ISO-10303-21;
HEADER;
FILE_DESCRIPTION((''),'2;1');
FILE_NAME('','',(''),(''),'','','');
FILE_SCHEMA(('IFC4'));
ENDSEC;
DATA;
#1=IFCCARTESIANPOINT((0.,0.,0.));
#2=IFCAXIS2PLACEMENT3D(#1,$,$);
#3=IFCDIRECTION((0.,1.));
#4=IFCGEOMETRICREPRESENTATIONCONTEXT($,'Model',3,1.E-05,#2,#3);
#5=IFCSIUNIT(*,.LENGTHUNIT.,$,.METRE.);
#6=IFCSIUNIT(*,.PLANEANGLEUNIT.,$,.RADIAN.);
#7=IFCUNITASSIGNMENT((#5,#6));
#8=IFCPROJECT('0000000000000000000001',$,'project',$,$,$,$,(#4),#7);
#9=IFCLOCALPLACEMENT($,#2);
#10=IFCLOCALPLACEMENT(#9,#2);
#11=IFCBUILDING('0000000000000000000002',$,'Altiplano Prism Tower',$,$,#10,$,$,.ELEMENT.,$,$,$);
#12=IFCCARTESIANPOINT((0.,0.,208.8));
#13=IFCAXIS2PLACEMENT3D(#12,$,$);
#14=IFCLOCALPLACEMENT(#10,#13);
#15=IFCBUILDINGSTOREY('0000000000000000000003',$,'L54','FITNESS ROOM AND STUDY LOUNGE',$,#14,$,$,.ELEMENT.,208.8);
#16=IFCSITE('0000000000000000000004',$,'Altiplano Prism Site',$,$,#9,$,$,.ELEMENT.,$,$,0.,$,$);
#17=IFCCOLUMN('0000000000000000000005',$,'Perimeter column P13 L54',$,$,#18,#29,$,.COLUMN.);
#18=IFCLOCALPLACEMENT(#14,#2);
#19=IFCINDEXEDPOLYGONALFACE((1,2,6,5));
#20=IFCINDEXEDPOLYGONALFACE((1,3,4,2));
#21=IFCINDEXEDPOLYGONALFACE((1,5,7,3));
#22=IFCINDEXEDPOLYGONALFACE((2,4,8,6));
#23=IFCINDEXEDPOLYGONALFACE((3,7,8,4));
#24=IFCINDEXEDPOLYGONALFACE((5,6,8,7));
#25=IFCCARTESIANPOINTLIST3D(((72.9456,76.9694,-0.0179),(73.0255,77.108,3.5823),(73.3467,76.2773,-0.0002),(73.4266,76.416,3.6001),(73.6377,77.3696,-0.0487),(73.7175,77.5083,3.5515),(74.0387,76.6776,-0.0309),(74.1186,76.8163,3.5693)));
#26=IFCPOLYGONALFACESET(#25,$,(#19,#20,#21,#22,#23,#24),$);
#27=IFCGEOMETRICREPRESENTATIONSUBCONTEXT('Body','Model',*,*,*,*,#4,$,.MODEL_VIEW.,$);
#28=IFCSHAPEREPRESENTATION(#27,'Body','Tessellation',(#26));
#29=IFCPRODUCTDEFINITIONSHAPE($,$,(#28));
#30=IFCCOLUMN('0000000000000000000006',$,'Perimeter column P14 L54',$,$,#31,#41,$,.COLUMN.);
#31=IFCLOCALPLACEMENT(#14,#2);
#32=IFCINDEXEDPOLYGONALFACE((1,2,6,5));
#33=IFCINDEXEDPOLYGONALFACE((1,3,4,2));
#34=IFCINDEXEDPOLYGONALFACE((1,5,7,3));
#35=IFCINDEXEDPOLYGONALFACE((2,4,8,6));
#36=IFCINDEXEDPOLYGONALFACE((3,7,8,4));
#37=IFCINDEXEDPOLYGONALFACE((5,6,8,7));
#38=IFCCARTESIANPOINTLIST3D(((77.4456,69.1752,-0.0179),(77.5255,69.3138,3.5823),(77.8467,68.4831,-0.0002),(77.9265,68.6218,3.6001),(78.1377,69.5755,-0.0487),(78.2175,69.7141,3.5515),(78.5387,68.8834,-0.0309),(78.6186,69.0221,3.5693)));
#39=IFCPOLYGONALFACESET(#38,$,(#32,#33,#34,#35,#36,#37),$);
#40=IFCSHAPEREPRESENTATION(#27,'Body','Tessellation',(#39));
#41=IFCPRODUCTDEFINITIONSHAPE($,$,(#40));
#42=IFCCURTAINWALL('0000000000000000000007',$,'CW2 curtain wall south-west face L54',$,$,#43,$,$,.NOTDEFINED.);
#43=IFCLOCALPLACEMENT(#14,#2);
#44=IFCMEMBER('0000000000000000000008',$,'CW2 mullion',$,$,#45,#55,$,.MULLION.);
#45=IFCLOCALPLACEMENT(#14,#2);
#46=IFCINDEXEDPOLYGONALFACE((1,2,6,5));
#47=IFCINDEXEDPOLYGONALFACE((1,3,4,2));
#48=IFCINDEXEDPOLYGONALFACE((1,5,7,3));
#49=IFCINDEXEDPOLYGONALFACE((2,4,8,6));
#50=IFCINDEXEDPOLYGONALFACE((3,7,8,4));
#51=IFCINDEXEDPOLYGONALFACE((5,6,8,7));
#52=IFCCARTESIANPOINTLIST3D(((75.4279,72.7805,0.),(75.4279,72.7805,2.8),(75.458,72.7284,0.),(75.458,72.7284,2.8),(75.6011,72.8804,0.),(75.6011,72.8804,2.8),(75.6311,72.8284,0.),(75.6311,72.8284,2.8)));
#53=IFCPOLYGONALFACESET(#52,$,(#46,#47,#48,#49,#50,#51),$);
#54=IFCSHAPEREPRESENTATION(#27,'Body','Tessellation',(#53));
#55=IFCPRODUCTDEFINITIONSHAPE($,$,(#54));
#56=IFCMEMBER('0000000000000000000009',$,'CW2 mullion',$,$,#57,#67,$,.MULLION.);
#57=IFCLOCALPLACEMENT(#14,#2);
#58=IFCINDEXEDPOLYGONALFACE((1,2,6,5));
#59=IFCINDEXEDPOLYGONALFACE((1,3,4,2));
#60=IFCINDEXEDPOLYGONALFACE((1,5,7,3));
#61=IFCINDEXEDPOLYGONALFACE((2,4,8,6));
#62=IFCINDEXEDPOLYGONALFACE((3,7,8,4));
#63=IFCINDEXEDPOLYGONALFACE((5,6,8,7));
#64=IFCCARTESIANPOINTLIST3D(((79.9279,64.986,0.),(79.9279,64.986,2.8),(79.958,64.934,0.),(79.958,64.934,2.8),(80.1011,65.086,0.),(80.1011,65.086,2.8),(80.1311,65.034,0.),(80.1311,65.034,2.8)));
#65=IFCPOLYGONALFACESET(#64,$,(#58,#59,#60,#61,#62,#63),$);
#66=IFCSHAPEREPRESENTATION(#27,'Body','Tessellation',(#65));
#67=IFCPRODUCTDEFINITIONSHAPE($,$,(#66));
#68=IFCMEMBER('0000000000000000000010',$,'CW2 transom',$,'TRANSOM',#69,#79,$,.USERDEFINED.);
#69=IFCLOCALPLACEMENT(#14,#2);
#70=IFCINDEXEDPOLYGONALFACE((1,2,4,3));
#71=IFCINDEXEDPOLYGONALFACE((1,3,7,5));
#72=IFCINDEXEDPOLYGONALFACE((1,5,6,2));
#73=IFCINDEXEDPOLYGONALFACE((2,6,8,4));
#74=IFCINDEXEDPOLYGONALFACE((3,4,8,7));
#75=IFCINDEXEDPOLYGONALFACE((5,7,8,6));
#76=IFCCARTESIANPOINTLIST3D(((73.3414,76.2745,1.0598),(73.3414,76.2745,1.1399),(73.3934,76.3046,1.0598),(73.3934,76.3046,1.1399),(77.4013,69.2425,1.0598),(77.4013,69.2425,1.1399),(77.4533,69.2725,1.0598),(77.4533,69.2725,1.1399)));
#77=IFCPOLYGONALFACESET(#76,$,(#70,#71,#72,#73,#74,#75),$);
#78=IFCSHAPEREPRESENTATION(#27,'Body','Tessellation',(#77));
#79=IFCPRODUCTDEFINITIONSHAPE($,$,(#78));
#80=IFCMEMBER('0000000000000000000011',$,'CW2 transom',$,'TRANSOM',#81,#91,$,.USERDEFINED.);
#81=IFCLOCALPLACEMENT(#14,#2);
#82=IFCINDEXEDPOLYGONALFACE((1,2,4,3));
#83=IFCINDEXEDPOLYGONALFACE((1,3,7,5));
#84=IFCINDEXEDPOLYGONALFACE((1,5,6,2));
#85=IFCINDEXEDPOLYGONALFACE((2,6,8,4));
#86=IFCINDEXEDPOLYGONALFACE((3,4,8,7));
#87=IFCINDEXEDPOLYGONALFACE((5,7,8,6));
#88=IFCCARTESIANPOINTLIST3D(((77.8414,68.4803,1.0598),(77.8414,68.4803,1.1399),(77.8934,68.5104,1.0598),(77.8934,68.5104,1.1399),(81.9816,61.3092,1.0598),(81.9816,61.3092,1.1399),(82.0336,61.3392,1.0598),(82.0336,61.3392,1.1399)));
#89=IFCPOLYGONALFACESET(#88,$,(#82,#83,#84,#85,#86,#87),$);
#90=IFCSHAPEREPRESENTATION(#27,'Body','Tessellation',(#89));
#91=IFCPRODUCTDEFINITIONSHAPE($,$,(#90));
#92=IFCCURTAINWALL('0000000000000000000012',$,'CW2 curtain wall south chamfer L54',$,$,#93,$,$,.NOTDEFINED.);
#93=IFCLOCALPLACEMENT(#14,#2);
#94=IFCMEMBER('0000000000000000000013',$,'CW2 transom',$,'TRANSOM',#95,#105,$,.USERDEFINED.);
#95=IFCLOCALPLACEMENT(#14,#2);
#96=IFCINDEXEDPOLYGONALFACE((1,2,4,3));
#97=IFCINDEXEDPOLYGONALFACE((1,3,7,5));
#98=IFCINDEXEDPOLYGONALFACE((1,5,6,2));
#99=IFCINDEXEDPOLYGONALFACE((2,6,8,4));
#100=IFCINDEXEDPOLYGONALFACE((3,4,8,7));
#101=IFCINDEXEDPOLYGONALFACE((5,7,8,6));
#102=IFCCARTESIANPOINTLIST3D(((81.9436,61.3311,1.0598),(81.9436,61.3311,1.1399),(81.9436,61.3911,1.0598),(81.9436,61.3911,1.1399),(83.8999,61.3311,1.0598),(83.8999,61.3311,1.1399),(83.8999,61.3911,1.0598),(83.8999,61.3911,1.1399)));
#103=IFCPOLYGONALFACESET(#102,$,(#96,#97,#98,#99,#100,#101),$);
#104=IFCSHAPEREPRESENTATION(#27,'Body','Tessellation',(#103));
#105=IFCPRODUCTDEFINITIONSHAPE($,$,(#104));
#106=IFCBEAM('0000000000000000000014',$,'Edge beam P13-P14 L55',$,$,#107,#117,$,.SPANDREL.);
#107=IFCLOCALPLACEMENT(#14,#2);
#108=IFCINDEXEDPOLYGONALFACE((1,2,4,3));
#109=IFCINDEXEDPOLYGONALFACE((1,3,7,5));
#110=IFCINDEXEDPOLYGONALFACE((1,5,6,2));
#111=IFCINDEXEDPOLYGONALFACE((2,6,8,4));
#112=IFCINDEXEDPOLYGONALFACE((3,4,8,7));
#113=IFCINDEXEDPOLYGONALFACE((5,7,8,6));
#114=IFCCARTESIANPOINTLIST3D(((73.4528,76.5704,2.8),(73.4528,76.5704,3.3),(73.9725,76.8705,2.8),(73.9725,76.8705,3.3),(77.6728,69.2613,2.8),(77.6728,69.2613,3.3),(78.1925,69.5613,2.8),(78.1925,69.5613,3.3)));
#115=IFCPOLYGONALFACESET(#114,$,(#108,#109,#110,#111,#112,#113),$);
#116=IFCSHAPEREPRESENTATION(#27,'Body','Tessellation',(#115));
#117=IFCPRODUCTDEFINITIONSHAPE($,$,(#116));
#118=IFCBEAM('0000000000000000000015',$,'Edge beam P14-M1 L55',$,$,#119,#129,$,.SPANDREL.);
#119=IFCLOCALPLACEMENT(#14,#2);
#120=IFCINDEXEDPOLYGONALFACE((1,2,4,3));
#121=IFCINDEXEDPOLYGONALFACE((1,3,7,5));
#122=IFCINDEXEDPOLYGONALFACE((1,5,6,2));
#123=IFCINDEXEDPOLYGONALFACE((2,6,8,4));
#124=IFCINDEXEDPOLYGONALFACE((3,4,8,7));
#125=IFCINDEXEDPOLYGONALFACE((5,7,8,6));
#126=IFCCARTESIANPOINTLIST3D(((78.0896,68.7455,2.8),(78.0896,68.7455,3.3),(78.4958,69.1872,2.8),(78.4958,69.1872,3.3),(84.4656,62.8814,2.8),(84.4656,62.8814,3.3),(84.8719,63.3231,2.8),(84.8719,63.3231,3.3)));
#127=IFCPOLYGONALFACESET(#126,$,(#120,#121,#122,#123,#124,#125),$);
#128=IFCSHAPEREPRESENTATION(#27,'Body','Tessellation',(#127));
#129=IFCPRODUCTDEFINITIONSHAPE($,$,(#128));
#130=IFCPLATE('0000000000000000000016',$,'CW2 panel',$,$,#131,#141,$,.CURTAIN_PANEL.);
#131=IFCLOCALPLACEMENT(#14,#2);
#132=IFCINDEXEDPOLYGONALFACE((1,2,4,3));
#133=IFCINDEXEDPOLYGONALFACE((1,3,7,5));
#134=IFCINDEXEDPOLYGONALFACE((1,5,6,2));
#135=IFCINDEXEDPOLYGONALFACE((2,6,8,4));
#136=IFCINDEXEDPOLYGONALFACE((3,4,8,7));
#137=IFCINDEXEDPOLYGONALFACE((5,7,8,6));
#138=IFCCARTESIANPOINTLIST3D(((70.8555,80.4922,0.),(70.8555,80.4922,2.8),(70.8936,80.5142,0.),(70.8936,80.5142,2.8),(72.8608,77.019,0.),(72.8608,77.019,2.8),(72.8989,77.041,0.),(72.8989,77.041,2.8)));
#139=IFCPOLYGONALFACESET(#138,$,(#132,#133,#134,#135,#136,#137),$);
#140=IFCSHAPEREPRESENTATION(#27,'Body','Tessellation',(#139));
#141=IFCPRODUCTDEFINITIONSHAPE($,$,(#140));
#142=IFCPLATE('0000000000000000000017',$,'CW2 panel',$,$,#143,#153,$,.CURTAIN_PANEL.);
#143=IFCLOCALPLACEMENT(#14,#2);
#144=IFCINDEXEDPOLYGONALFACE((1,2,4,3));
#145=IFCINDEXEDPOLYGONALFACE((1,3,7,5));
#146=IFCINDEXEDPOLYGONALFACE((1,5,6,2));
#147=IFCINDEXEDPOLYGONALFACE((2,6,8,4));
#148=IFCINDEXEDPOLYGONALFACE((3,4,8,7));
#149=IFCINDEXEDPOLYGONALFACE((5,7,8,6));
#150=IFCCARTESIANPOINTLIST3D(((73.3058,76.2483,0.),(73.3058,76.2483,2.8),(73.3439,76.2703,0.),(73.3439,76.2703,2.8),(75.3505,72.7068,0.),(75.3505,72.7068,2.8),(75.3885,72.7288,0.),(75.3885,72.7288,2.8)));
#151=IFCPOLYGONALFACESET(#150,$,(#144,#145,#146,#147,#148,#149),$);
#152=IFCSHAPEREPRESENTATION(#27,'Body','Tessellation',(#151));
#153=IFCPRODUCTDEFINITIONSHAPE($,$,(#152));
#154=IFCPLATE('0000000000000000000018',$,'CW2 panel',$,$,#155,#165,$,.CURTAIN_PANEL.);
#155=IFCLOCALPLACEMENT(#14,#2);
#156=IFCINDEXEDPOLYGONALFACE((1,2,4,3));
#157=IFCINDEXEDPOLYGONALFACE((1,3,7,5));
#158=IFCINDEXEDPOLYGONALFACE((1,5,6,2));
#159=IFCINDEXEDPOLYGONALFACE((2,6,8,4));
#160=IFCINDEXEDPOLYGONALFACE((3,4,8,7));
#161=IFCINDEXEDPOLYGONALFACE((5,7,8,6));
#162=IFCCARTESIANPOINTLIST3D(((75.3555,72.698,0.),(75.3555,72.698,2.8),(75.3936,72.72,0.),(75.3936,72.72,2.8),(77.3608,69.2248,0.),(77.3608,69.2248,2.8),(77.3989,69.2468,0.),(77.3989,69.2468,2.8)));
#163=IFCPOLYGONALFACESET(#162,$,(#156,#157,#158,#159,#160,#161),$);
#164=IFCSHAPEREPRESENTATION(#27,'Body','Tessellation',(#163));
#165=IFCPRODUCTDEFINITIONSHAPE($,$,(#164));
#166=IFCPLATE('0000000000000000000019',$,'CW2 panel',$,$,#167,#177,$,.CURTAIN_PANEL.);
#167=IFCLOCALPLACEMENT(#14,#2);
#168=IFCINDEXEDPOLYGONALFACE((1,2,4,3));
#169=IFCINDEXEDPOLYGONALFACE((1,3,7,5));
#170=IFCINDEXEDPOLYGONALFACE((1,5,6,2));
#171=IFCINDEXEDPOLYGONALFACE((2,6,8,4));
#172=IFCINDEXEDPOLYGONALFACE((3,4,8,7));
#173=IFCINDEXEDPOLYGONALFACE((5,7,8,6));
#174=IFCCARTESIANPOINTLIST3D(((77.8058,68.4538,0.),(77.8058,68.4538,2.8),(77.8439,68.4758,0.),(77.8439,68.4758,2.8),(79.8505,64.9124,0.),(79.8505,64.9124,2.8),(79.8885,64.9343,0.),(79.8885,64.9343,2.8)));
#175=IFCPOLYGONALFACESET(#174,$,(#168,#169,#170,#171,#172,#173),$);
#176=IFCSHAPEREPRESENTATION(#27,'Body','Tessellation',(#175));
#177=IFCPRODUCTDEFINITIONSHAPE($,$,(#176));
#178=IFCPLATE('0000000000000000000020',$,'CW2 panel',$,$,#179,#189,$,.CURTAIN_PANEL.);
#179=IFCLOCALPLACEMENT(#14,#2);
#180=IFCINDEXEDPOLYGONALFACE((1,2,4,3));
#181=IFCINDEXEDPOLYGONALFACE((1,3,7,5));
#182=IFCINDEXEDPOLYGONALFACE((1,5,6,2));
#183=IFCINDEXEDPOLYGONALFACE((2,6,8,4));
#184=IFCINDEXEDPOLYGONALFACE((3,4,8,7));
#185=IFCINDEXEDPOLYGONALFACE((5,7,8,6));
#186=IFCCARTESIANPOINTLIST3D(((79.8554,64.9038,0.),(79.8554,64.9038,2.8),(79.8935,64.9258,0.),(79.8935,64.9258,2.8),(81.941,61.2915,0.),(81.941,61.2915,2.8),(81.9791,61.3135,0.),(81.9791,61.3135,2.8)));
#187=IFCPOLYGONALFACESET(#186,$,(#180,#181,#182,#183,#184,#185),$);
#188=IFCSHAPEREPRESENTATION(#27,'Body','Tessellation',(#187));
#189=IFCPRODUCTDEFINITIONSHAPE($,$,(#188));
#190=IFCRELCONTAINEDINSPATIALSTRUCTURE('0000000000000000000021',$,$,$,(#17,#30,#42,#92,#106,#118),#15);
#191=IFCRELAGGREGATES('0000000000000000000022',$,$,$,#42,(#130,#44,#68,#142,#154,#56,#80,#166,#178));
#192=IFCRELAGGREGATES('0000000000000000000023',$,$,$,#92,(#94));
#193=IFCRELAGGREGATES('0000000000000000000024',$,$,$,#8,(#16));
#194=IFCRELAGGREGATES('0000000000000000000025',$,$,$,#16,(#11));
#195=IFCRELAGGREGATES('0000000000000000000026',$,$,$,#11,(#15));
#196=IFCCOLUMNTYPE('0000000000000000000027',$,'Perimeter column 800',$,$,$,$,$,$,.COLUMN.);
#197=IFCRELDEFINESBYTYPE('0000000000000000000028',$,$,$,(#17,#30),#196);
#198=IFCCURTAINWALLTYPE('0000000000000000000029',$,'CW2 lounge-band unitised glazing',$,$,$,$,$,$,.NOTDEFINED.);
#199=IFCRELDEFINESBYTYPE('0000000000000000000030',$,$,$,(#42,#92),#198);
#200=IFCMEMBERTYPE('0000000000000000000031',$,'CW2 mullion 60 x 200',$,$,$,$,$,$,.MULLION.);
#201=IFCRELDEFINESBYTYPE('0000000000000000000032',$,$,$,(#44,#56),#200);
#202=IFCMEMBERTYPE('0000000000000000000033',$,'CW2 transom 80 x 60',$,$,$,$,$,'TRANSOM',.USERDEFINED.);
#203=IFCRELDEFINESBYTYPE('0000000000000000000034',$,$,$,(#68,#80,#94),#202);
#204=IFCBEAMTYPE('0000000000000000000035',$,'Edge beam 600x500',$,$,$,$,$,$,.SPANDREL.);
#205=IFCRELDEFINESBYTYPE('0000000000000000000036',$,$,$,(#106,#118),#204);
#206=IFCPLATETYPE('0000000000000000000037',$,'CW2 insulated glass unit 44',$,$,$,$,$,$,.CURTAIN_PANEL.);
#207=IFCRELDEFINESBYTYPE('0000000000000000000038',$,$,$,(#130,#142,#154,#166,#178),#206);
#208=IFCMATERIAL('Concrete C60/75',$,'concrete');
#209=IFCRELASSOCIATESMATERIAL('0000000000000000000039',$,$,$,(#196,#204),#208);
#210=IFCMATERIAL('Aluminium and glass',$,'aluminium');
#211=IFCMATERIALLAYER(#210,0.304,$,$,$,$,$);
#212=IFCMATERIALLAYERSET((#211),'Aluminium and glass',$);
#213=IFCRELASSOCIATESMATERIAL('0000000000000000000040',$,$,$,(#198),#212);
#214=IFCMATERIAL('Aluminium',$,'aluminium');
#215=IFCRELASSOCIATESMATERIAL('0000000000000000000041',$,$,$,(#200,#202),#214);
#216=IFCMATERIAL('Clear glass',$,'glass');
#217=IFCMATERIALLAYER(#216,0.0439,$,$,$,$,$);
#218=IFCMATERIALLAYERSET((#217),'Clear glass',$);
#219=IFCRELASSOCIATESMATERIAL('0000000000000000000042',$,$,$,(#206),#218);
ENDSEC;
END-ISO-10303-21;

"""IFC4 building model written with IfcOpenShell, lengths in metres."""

from ifc_helpers import new_model, si_unit, direction, frame, origin, origin_2d, place, context, subcontext, project, spatial, rectangle, extrude, material, layer, layer_set, material_profile, profile_set, type_object, element, aggregate, save


model = new_model("IFC4")

# Units and contexts
model_context = context("Model", 3, precision=1e-05, world=origin(), true_north=direction((0.0, 1.0)))
body_context = subcontext(model_context, "Body", "Model", "MODEL_VIEW")
ifc_project = project(units=[si_unit("LENGTHUNIT", "METRE"), si_unit("PLANEANGLEUNIT", "RADIAN")], contexts=[model_context])

# Site, building, storey
site_placement = place(None, origin())
site = spatial("IfcSite", under=ifc_project, at=site_placement, Name="Altiplano Prism Site", CompositionType="ELEMENT", RefElevation=0.0)
building_placement = place(site_placement, origin())
building = spatial("IfcBuilding", under=site, at=building_placement, Name="Altiplano Prism Tower", CompositionType="ELEMENT")
storey_placement = place(building_placement, frame((0.0, 0.0, 208.8)))
storey = spatial("IfcBuildingStorey", under=building, at=storey_placement, Name="L54", Description="FITNESS ROOM AND STUDY LOUNGE", CompositionType="ELEMENT", Elevation=208.8)

# Columns
ifc_material_1 = material(Name="Concrete C60/75", Category="concrete")
ifc_material_profile_1 = material_profile(ifc_material_1, rectangle(XDim=0.8, YDim=0.8, at=origin_2d()), Name="Perimeter column 800")
ifc_profile_set_1 = profile_set([ifc_material_profile_1], Name="Concrete C60/75")
column_type = type_object("IfcColumnType", Name="Perimeter column 800", PredefinedType="COLUMN", material=ifc_profile_set_1)
for number, where, z_axis, x_axis, name in (
    (1, (73.4922, 76.8235, -0.0244), (0.022154, 0.038481, 0.999014), (-0.86498, -0.500331, 0.038454), "Perimeter column P13 L54"),
    (2, (77.9922, 69.0293, -0.0244), (0.022154, 0.038481, 0.999014), (-0.864981, -0.500329, 0.038454), "Perimeter column P14 L54"),
):
    element("IfcColumn", number, at=place(storey_placement, frame(where, z_axis=z_axis, x_axis=x_axis)), inside=storey, type_object=column_type, Name=name, PredefinedType="COLUMN", context=body_context, shape_type="SweptSolid", body=[
        extrude(rectangle(XDim=0.8, YDim=0.8, at=origin_2d()), origin(), (0.0, 0.0, 1.0), 3.6038),
    ])

# Curtain wall, members
ifc_material_2 = material(Name="Aluminium and glass", Category="aluminium")
ifc_layer_1 = layer(ifc_material_2, 0.304)
ifc_layer_set_1 = layer_set([ifc_layer_1], Name="Aluminium and glass")
curtain_wall_type = type_object("IfcCurtainWallType", Name="CW2 lounge-band unitised glazing", PredefinedType="NOTDEFINED", material=ifc_layer_set_1)
curtain_wall_1_placement = place(storey_placement, origin())
curtain_wall_1 = element("IfcCurtainWall", 3, at=curtain_wall_1_placement, inside=storey, type_object=curtain_wall_type, Name="CW2 curtain wall south-west face L54", PredefinedType="NOTDEFINED")
ifc_material_3 = material(Name="Aluminium", Category="aluminium")
ifc_material_profile_2 = material_profile(ifc_material_3, rectangle(XDim=0.2, YDim=0.0601, at=origin_2d()), Name="CW2 mullion 60 x 200")
ifc_profile_set_2 = profile_set([ifc_material_profile_2], Name="Aluminium")
member_type_1 = type_object("IfcMemberType", Name="CW2 mullion 60 x 200", PredefinedType="MULLION", material=ifc_profile_set_2)
member_1_placement = place(storey_placement, frame((75.5295, 72.8044, 0.0), z_axis=(0.0, 0.0, 1.0), x_axis=(0.866025, 0.5, 0.0)))
member_1 = element("IfcMember", 4, at=member_1_placement, type_object=member_type_1, Name="CW2 mullion", PredefinedType="MULLION", context=body_context, shape_type="SweptSolid", body=[
    extrude(rectangle(XDim=0.2, YDim=0.0601, at=origin_2d()), origin(), (0.0, 0.0, 1.0), 2.8),
])
member_2_placement = place(storey_placement, frame((80.0295, 65.01, 0.0), z_axis=(0.0, 0.0, 1.0), x_axis=(0.866025, 0.5, 0.0)))
member_2 = element("IfcMember", 5, at=member_2_placement, type_object=member_type_1, Name="CW2 mullion", PredefinedType="MULLION", context=body_context, shape_type="SweptSolid", body=[
    extrude(rectangle(XDim=0.2, YDim=0.0601, at=origin_2d()), origin(), (0.0, 0.0, 1.0), 2.8),
])
ifc_material_profile_3 = material_profile(ifc_material_3, rectangle(XDim=0.0601, YDim=0.0801, at=origin_2d()), Name="CW2 transom 80 x 60")
ifc_profile_set_3 = profile_set([ifc_material_profile_3], Name="Aluminium")
member_type_2 = type_object("IfcMemberType", Name="CW2 transom 80 x 60", ElementType="TRANSOM", PredefinedType="USERDEFINED", material=ifc_profile_set_3)
member_3_placement = place(storey_placement, frame((73.3674, 76.2896, 1.0999), z_axis=(0.499991, -0.866031, 0.0), x_axis=(0.866031, 0.499991, 0.0)))
member_3 = element("IfcMember", 6, at=member_3_placement, type_object=member_type_2, Name="CW2 transom", ObjectType="TRANSOM", PredefinedType="USERDEFINED", context=body_context, shape_type="SweptSolid", body=[
    extrude(rectangle(XDim=0.0601, YDim=0.0801, at=origin_2d()), origin(), (0.0, 0.0, 1.0), 8.1199),
])
member_4_placement = place(storey_placement, frame((77.8674, 68.4954, 1.0999), z_axis=(0.499989, -0.866032, 0.0), x_axis=(0.866032, 0.499989, 0.0)))
member_4 = element("IfcMember", 7, at=member_4_placement, type_object=member_type_2, Name="CW2 transom", ObjectType="TRANSOM", PredefinedType="USERDEFINED", context=body_context, shape_type="SweptSolid", body=[
    extrude(rectangle(XDim=0.0601, YDim=0.0801, at=origin_2d()), origin(), (0.0, 0.0, 1.0), 8.2805),
])

# Curtain wall, member
curtain_wall_2_placement = place(storey_placement, origin())
curtain_wall_2 = element("IfcCurtainWall", 8, at=curtain_wall_2_placement, inside=storey, type_object=curtain_wall_type, Name="CW2 curtain wall south chamfer L54", PredefinedType="NOTDEFINED")
member_5_placement = place(storey_placement, frame((81.9436, 61.3611, 1.0999), z_axis=(1.0, 0.0, 0.0), x_axis=(0.0, 1.0, 0.0)))
member_5 = element("IfcMember", 9, at=member_5_placement, type_object=member_type_2, Name="CW2 transom", ObjectType="TRANSOM", PredefinedType="USERDEFINED", context=body_context, shape_type="SweptSolid", body=[
    extrude(rectangle(XDim=0.0601, YDim=0.0801, at=origin_2d()), origin(), (0.0, 0.0, 1.0), 1.9563),
])

# Beams
ifc_material_profile_4 = material_profile(ifc_material_1, rectangle(XDim=0.6001, YDim=0.5, at=origin_2d()), Name="Edge beam 600x500")
ifc_profile_set_4 = profile_set([ifc_material_profile_4], Name="Concrete C60/75")
beam_type = type_object("IfcBeamType", Name="Edge beam 600x500", PredefinedType="SPANDREL", material=ifc_profile_set_4)
beam_1_placement = place(storey_placement, frame((73.7126, 76.7205, 3.05), z_axis=(0.500006, -0.866022, 0.0), x_axis=(0.866022, 0.500006, 0.0)))
element("IfcBeam", 10, at=beam_1_placement, inside=storey, type_object=beam_type, Name="Edge beam P13-P14 L55", PredefinedType="SPANDREL", context=body_context, shape_type="SweptSolid", body=[
    extrude(rectangle(XDim=0.6001, YDim=0.5, at=origin_2d()), origin(), (0.0, 0.0, 1.0), 8.4399),
])
beam_2_placement = place(storey_placement, frame((78.2927, 68.9663, 3.05), z_axis=(0.736039, -0.676939, 0.0), x_axis=(0.676939, 0.736039, 0.0)))
element("IfcBeam", 11, at=beam_2_placement, inside=storey, type_object=beam_type, Name="Edge beam P14-M1 L55", PredefinedType="SPANDREL", context=body_context, shape_type="SweptSolid", body=[
    extrude(rectangle(XDim=0.6001, YDim=0.5, at=origin_2d()), origin(), (0.0, 0.0, 1.0), 8.6626),
])

# Plates
ifc_material_4 = material(Name="Clear glass", Category="glass")
ifc_layer_2 = layer(ifc_material_4, 0.0439)
ifc_layer_set_2 = layer_set([ifc_layer_2], Name="Clear glass")
plate_type = type_object("IfcPlateType", Name="CW2 insulated glass unit 44", PredefinedType="CURTAIN_PANEL", material=ifc_layer_set_2)
plate_1_placement = place(storey_placement, frame((71.8772, 78.7666, 0.0), z_axis=(0.0, 0.0, 1.0), x_axis=(0.5, -0.866025, 0.0)))
plate_1 = element("IfcPlate", 12, at=plate_1_placement, type_object=plate_type, Name="CW2 panel", PredefinedType="CURTAIN_PANEL", context=body_context, shape_type="SweptSolid", body=[
    extrude(rectangle(XDim=4.0105, YDim=0.0439, at=origin_2d()), origin(), (0.0, 0.0, 1.0), 2.8),
])
plate_2_placement = place(storey_placement, frame((74.3472, 74.4885, 0.0), z_axis=(0.0, 0.0, 1.0), x_axis=(0.5, -0.866025, 0.0)))
plate_2 = element("IfcPlate", 13, at=plate_2_placement, type_object=plate_type, Name="CW2 panel", PredefinedType="CURTAIN_PANEL", context=body_context, shape_type="SweptSolid", body=[
    extrude(rectangle(XDim=4.0894, YDim=0.0439, at=origin_2d()), origin(), (0.0, 0.0, 1.0), 2.8),
])
plate_3_placement = place(storey_placement, frame((76.3772, 70.9724, 0.0), z_axis=(0.0, 0.0, 1.0), x_axis=(0.5, -0.866025, 0.0)))
plate_3 = element("IfcPlate", 14, at=plate_3_placement, type_object=plate_type, Name="CW2 panel", PredefinedType="CURTAIN_PANEL", context=body_context, shape_type="SweptSolid", body=[
    extrude(rectangle(XDim=4.0105, YDim=0.0439, at=origin_2d()), origin(), (0.0, 0.0, 1.0), 2.8),
])
plate_4_placement = place(storey_placement, frame((78.8472, 66.6941, 0.0), z_axis=(0.0, 0.0, 1.0), x_axis=(0.5, -0.866025, 0.0)))
plate_4 = element("IfcPlate", 15, at=plate_4_placement, type_object=plate_type, Name="CW2 panel", PredefinedType="CURTAIN_PANEL", context=body_context, shape_type="SweptSolid", body=[
    extrude(rectangle(XDim=4.0894, YDim=0.0439, at=origin_2d()), origin(), (0.0, 0.0, 1.0), 2.8),
])
plate_5_placement = place(storey_placement, frame((80.9172, 63.1086, 0.0), z_axis=(0.0, 0.0, 1.0), x_axis=(0.5, -0.866025, 0.0)))
plate_5 = element("IfcPlate", 16, at=plate_5_placement, type_object=plate_type, Name="CW2 panel", PredefinedType="CURTAIN_PANEL", context=body_context, shape_type="SweptSolid", body=[
    extrude(rectangle(XDim=4.1711, YDim=0.0439, at=origin_2d()), origin(), (0.0, 0.0, 1.0), 2.8),
])
aggregate(curtain_wall_1, [plate_1, member_1, member_3, plate_2, plate_3, member_2, member_4, plate_4, plate_5])
aggregate(curtain_wall_2, [member_5])

save(model, "model.ifc")
